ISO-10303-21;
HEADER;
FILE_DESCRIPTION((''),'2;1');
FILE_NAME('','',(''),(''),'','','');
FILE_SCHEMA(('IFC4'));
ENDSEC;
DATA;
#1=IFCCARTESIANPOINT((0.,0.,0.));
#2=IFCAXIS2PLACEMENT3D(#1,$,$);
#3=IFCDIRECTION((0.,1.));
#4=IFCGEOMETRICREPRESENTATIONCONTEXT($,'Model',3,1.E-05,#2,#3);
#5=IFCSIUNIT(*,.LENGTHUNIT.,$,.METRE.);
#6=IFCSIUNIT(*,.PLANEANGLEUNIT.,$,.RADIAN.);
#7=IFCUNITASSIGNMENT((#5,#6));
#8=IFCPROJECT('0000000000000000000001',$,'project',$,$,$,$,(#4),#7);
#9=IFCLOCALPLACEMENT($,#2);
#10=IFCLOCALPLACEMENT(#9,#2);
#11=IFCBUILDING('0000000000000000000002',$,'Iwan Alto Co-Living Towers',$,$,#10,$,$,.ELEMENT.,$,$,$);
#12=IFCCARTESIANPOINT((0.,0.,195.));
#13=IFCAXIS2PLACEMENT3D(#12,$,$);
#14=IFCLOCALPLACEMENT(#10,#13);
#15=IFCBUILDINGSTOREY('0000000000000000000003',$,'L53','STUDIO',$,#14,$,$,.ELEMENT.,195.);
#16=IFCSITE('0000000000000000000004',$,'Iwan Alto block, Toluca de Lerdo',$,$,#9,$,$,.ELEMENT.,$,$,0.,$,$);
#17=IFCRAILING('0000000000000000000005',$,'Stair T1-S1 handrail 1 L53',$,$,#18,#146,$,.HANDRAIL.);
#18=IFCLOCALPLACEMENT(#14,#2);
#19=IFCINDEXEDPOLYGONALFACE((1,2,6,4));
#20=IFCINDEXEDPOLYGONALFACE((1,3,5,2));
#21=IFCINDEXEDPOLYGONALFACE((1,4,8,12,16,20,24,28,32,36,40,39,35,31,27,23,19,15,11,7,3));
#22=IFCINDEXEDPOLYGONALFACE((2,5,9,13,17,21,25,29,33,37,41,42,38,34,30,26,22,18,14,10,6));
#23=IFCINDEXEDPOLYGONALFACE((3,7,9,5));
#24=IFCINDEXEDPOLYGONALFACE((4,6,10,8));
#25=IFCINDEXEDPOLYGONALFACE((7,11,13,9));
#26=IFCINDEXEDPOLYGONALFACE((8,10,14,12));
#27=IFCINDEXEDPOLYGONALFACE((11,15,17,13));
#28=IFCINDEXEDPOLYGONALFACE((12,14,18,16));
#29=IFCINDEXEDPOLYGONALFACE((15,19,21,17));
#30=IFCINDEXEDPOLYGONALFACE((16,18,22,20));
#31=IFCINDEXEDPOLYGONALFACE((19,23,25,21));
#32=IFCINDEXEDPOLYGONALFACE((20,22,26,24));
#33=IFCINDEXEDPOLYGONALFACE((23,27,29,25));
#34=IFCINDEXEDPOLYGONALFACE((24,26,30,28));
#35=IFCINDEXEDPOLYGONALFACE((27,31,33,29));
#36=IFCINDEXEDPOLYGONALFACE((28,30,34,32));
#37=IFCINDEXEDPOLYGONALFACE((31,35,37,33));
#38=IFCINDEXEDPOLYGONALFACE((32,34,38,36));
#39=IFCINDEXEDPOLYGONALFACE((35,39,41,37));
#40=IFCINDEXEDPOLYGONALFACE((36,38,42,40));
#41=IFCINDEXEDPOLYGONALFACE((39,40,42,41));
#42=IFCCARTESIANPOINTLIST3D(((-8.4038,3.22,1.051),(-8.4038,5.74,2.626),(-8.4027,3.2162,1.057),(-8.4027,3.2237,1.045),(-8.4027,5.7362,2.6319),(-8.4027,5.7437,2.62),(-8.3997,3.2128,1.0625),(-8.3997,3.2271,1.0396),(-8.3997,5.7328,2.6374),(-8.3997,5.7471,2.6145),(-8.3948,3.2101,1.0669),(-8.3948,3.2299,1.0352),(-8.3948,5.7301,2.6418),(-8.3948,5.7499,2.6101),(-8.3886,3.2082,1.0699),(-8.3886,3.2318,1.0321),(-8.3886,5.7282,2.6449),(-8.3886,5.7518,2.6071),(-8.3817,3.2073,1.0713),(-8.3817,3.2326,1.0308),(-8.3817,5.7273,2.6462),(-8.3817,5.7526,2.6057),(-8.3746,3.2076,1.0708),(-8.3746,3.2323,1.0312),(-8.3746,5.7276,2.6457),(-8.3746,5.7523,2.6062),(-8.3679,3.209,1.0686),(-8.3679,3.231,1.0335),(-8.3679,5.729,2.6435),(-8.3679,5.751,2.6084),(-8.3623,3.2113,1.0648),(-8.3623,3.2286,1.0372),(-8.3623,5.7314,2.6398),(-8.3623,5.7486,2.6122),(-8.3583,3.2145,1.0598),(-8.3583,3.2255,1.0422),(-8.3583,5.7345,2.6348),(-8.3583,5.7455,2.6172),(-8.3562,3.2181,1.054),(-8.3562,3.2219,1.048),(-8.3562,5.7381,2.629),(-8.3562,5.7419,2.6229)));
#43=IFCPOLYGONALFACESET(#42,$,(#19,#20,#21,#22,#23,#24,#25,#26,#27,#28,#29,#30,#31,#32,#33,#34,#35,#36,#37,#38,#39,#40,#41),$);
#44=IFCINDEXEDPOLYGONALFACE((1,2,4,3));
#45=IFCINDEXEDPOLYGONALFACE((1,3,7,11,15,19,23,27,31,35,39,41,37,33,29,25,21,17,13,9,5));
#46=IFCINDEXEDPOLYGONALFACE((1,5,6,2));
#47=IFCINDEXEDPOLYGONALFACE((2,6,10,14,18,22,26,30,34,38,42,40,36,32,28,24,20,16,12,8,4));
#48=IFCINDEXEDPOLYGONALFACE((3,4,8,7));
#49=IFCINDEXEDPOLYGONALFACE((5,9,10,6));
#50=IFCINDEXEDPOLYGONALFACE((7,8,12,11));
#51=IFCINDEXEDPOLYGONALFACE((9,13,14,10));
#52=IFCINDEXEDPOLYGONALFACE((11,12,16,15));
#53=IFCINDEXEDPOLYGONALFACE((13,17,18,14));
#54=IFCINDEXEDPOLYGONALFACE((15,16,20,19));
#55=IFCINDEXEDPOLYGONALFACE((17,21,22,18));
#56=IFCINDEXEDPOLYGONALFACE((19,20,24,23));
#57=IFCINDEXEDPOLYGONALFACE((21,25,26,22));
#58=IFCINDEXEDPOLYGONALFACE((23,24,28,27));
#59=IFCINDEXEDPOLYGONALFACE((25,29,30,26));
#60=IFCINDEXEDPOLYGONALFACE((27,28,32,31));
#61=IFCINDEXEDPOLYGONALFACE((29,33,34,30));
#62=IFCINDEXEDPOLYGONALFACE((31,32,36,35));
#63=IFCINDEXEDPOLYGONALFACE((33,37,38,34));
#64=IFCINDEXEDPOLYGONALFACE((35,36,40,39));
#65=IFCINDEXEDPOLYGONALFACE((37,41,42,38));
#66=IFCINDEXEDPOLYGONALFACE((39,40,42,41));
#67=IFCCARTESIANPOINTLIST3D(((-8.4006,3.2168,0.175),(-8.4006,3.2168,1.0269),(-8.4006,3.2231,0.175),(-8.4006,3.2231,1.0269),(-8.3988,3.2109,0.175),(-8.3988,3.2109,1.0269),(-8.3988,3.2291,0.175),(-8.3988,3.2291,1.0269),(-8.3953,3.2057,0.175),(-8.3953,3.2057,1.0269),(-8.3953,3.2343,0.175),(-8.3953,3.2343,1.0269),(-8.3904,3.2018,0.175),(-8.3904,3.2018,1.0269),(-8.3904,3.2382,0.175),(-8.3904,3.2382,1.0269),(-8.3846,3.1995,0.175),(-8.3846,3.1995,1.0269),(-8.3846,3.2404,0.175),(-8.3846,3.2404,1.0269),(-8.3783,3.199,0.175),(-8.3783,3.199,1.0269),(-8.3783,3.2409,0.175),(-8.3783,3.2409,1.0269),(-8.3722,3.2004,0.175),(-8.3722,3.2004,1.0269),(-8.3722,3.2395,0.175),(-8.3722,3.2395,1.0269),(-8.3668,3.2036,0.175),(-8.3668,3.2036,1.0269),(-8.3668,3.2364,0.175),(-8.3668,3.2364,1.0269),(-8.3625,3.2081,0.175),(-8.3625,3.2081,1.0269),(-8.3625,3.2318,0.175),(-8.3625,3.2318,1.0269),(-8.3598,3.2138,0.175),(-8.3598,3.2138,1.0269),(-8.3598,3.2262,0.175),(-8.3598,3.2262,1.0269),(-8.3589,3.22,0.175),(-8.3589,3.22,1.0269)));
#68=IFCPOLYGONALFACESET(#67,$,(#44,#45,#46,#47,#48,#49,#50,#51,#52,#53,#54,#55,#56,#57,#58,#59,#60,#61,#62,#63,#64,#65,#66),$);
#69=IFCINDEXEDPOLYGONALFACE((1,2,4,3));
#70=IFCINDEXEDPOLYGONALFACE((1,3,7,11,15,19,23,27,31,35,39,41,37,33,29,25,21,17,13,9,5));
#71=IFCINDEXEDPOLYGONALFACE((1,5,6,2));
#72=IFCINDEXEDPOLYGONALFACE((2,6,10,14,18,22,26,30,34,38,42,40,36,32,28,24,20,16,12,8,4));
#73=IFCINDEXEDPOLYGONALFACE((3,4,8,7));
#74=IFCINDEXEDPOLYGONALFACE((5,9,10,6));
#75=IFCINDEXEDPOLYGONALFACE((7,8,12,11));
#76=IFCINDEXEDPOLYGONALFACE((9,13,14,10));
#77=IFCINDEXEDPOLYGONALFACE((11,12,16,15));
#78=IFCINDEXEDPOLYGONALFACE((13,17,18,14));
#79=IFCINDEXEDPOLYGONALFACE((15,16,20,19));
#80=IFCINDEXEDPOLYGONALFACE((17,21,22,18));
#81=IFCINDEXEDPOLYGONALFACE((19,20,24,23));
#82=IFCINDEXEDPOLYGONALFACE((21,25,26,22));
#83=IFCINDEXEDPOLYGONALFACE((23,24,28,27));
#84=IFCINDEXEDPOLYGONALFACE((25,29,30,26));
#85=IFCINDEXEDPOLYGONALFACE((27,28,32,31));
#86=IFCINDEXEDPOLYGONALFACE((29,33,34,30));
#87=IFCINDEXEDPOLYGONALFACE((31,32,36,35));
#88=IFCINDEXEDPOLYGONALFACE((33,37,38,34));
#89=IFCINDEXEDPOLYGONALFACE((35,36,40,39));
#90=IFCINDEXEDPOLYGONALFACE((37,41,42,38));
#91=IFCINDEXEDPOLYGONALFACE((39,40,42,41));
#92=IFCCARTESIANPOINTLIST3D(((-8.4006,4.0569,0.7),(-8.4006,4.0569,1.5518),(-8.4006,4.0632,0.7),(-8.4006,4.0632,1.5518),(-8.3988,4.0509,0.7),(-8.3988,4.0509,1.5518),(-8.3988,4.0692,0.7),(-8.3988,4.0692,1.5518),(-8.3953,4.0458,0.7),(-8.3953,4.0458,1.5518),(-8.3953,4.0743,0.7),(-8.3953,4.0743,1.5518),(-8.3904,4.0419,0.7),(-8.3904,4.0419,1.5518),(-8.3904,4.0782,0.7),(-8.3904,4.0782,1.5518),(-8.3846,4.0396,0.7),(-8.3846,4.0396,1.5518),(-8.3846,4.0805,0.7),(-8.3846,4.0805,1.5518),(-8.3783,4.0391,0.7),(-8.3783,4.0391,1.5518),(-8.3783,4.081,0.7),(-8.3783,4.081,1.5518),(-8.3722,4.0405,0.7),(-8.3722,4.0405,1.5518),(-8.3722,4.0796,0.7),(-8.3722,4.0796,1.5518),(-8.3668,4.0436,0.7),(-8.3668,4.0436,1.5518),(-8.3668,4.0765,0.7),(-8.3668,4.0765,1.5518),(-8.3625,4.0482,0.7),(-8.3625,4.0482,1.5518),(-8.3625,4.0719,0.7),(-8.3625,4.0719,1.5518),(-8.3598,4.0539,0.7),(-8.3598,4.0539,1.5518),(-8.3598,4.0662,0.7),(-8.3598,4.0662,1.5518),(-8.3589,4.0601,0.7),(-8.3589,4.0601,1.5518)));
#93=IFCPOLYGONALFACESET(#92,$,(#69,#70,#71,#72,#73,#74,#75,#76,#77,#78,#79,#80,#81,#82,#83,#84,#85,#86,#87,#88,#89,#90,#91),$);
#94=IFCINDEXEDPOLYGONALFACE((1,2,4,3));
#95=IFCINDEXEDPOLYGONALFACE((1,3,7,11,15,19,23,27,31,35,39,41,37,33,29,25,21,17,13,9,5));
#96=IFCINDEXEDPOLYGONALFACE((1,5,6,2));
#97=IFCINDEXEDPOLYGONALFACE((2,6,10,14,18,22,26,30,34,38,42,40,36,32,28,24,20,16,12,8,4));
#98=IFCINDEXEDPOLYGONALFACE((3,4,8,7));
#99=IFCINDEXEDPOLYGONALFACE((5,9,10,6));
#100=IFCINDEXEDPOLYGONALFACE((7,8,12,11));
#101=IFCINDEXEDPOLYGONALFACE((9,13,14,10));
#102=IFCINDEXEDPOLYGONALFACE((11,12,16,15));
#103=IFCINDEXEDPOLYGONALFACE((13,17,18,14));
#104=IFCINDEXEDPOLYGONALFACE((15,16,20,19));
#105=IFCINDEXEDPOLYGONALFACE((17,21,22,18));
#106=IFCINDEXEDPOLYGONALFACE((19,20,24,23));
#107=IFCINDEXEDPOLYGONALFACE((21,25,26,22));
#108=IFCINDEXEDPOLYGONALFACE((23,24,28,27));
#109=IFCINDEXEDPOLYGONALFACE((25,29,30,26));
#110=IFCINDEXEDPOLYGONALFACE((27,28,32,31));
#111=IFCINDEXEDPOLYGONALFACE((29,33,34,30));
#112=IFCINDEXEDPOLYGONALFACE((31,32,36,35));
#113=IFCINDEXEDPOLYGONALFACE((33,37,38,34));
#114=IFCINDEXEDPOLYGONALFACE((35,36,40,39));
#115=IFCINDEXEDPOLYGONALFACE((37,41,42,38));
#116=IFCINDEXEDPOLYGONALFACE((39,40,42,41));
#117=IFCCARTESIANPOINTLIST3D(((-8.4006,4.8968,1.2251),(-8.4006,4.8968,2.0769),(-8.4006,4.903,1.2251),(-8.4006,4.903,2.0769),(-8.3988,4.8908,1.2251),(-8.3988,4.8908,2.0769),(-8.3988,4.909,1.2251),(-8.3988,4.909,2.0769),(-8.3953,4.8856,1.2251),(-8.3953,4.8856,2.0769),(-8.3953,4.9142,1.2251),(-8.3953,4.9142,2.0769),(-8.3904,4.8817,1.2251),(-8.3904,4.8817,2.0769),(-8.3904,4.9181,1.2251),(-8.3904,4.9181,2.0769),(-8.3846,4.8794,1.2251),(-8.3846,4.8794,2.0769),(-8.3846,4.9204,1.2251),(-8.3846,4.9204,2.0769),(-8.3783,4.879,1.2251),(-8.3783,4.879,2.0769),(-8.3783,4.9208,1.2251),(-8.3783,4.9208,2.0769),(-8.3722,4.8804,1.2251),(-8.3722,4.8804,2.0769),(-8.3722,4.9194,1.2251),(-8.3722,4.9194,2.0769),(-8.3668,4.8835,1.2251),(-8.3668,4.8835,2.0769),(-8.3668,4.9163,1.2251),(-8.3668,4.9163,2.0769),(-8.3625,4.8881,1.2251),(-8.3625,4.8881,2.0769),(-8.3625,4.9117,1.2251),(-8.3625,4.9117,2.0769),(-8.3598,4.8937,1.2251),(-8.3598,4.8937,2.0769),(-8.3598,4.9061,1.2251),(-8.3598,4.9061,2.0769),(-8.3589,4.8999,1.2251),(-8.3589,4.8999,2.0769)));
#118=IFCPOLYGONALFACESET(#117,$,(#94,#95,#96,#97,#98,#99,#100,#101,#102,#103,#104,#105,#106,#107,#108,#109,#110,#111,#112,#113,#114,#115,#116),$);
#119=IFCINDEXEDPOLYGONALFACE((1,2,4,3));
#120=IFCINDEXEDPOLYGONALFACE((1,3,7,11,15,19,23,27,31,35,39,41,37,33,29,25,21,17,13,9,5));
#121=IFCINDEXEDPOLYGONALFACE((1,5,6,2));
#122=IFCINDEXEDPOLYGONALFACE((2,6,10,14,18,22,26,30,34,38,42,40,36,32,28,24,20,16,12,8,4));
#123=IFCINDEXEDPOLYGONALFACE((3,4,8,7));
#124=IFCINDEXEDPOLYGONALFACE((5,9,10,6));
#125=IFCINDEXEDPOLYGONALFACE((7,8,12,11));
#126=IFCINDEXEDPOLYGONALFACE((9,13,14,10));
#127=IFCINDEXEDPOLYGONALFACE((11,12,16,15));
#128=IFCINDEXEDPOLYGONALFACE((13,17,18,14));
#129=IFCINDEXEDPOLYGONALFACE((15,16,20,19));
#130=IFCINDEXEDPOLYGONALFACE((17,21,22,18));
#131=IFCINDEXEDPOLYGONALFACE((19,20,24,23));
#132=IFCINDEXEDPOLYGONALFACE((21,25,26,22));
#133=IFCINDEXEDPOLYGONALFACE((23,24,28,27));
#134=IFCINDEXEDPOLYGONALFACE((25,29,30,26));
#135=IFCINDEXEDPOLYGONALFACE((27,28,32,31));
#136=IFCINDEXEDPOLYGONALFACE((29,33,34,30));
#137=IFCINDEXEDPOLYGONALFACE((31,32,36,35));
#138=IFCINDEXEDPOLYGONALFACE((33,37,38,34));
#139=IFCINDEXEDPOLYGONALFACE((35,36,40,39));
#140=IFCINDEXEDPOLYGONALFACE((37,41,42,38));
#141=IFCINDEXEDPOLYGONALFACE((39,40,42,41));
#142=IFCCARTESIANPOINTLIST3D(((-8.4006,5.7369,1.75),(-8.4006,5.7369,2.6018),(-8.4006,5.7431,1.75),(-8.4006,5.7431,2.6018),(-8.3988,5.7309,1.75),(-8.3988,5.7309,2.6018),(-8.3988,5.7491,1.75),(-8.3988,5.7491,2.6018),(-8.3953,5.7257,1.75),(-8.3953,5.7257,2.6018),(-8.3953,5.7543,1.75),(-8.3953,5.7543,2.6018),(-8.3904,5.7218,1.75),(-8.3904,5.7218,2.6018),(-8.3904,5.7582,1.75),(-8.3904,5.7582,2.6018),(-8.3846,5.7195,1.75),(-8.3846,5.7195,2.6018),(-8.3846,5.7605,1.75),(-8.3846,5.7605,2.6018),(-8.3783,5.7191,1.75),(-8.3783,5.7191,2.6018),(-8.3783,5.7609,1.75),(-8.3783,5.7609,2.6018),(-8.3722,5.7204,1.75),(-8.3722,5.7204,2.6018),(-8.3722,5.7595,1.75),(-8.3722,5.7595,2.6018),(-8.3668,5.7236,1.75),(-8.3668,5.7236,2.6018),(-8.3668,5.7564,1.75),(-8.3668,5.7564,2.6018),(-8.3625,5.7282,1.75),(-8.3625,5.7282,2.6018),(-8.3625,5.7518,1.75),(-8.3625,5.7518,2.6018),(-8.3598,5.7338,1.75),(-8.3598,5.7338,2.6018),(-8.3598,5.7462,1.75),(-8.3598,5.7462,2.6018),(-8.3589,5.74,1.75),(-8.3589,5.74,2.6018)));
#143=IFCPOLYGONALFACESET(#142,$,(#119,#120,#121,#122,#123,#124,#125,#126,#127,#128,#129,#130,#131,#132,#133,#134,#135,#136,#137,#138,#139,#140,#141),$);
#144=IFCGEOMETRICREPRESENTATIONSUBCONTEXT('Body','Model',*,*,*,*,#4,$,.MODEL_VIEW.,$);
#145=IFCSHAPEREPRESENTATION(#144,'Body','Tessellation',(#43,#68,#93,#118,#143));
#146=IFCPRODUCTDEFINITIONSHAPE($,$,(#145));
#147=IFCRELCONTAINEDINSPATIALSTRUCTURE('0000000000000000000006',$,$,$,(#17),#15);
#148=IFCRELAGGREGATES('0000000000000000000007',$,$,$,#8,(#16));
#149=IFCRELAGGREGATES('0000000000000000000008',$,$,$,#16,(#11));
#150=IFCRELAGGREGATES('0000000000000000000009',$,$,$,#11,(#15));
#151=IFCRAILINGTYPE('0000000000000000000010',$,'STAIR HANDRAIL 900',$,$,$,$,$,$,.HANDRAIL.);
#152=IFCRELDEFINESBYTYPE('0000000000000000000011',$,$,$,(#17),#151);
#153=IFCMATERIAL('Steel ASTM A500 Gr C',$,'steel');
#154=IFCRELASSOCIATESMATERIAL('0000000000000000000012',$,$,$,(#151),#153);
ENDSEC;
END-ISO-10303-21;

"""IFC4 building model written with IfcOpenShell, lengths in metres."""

from ifc_helpers import new_model, si_unit, direction, frame, origin, origin_2d, place, context, subcontext, project, spatial, circle, extrude, material, type_object, element, save


model = new_model("IFC4")

# Units and contexts
model_context = context("Model", 3, precision=1e-05, world=origin(), true_north=direction((0.0, 1.0)))
body_context = subcontext(model_context, "Body", "Model", "MODEL_VIEW")
ifc_project = project(units=[si_unit("LENGTHUNIT", "METRE"), si_unit("PLANEANGLEUNIT", "RADIAN")], contexts=[model_context])

# Site, building, storey
site_placement = place(None, origin())
site = spatial("IfcSite", under=ifc_project, at=site_placement, Name="Iwan Alto block, Toluca de Lerdo", CompositionType="ELEMENT", RefElevation=0.0)
building_placement = place(site_placement, origin())
building = spatial("IfcBuilding", under=site, at=building_placement, Name="Iwan Alto Co-Living Towers", CompositionType="ELEMENT")
storey_placement = place(building_placement, frame((0.0, 0.0, 195.0)))
storey = spatial("IfcBuildingStorey", under=building, at=storey_placement, Name="L53", Description="STUDIO", CompositionType="ELEMENT", Elevation=195.0)

# Railing
ifc_material_1 = material(Name="Steel ASTM A500 Gr C", Category="steel")
railing_type_1 = type_object("IfcRailingType", Name="STAIR HANDRAIL 900", PredefinedType="HANDRAIL", material=ifc_material_1)
railing_1_placement = place(storey_placement, frame((-8.3799, 3.22, 0.175)))
element("IfcRailing", 1, at=railing_1_placement, inside=storey, type_object=railing_type_1, Name="Stair T1-S1 handrail 1 L53", PredefinedType="HANDRAIL", context=body_context, shape_type="SweptSolid", body=[
    extrude(circle(Radius=0.0239, at=origin_2d()), frame((0.0, 0.0, 0.876), z_axis=(0.0, 0.848008, 0.529984), x_axis=(-1.0, 0.0, 0.0)), (0.0, 0.0, 1.0), 2.9717),
    extrude(circle(Radius=0.021, at=origin_2d()), origin(), (0.0, 0.0, 1.0), 0.8518),
    extrude(circle(Radius=0.021, at=origin_2d()), frame((0.0, 0.8401, 0.5249)), (0.0, 0.0, 1.0), 0.8518),
    extrude(circle(Radius=0.021, at=origin_2d()), frame((0.0, 1.6799, 1.05)), (0.0, 0.0, 1.0), 0.8518),
    extrude(circle(Radius=0.021, at=origin_2d()), frame((0.0, 2.52, 1.575)), (0.0, 0.0, 1.0), 0.8518),
])

save(model, "model.ifc")
